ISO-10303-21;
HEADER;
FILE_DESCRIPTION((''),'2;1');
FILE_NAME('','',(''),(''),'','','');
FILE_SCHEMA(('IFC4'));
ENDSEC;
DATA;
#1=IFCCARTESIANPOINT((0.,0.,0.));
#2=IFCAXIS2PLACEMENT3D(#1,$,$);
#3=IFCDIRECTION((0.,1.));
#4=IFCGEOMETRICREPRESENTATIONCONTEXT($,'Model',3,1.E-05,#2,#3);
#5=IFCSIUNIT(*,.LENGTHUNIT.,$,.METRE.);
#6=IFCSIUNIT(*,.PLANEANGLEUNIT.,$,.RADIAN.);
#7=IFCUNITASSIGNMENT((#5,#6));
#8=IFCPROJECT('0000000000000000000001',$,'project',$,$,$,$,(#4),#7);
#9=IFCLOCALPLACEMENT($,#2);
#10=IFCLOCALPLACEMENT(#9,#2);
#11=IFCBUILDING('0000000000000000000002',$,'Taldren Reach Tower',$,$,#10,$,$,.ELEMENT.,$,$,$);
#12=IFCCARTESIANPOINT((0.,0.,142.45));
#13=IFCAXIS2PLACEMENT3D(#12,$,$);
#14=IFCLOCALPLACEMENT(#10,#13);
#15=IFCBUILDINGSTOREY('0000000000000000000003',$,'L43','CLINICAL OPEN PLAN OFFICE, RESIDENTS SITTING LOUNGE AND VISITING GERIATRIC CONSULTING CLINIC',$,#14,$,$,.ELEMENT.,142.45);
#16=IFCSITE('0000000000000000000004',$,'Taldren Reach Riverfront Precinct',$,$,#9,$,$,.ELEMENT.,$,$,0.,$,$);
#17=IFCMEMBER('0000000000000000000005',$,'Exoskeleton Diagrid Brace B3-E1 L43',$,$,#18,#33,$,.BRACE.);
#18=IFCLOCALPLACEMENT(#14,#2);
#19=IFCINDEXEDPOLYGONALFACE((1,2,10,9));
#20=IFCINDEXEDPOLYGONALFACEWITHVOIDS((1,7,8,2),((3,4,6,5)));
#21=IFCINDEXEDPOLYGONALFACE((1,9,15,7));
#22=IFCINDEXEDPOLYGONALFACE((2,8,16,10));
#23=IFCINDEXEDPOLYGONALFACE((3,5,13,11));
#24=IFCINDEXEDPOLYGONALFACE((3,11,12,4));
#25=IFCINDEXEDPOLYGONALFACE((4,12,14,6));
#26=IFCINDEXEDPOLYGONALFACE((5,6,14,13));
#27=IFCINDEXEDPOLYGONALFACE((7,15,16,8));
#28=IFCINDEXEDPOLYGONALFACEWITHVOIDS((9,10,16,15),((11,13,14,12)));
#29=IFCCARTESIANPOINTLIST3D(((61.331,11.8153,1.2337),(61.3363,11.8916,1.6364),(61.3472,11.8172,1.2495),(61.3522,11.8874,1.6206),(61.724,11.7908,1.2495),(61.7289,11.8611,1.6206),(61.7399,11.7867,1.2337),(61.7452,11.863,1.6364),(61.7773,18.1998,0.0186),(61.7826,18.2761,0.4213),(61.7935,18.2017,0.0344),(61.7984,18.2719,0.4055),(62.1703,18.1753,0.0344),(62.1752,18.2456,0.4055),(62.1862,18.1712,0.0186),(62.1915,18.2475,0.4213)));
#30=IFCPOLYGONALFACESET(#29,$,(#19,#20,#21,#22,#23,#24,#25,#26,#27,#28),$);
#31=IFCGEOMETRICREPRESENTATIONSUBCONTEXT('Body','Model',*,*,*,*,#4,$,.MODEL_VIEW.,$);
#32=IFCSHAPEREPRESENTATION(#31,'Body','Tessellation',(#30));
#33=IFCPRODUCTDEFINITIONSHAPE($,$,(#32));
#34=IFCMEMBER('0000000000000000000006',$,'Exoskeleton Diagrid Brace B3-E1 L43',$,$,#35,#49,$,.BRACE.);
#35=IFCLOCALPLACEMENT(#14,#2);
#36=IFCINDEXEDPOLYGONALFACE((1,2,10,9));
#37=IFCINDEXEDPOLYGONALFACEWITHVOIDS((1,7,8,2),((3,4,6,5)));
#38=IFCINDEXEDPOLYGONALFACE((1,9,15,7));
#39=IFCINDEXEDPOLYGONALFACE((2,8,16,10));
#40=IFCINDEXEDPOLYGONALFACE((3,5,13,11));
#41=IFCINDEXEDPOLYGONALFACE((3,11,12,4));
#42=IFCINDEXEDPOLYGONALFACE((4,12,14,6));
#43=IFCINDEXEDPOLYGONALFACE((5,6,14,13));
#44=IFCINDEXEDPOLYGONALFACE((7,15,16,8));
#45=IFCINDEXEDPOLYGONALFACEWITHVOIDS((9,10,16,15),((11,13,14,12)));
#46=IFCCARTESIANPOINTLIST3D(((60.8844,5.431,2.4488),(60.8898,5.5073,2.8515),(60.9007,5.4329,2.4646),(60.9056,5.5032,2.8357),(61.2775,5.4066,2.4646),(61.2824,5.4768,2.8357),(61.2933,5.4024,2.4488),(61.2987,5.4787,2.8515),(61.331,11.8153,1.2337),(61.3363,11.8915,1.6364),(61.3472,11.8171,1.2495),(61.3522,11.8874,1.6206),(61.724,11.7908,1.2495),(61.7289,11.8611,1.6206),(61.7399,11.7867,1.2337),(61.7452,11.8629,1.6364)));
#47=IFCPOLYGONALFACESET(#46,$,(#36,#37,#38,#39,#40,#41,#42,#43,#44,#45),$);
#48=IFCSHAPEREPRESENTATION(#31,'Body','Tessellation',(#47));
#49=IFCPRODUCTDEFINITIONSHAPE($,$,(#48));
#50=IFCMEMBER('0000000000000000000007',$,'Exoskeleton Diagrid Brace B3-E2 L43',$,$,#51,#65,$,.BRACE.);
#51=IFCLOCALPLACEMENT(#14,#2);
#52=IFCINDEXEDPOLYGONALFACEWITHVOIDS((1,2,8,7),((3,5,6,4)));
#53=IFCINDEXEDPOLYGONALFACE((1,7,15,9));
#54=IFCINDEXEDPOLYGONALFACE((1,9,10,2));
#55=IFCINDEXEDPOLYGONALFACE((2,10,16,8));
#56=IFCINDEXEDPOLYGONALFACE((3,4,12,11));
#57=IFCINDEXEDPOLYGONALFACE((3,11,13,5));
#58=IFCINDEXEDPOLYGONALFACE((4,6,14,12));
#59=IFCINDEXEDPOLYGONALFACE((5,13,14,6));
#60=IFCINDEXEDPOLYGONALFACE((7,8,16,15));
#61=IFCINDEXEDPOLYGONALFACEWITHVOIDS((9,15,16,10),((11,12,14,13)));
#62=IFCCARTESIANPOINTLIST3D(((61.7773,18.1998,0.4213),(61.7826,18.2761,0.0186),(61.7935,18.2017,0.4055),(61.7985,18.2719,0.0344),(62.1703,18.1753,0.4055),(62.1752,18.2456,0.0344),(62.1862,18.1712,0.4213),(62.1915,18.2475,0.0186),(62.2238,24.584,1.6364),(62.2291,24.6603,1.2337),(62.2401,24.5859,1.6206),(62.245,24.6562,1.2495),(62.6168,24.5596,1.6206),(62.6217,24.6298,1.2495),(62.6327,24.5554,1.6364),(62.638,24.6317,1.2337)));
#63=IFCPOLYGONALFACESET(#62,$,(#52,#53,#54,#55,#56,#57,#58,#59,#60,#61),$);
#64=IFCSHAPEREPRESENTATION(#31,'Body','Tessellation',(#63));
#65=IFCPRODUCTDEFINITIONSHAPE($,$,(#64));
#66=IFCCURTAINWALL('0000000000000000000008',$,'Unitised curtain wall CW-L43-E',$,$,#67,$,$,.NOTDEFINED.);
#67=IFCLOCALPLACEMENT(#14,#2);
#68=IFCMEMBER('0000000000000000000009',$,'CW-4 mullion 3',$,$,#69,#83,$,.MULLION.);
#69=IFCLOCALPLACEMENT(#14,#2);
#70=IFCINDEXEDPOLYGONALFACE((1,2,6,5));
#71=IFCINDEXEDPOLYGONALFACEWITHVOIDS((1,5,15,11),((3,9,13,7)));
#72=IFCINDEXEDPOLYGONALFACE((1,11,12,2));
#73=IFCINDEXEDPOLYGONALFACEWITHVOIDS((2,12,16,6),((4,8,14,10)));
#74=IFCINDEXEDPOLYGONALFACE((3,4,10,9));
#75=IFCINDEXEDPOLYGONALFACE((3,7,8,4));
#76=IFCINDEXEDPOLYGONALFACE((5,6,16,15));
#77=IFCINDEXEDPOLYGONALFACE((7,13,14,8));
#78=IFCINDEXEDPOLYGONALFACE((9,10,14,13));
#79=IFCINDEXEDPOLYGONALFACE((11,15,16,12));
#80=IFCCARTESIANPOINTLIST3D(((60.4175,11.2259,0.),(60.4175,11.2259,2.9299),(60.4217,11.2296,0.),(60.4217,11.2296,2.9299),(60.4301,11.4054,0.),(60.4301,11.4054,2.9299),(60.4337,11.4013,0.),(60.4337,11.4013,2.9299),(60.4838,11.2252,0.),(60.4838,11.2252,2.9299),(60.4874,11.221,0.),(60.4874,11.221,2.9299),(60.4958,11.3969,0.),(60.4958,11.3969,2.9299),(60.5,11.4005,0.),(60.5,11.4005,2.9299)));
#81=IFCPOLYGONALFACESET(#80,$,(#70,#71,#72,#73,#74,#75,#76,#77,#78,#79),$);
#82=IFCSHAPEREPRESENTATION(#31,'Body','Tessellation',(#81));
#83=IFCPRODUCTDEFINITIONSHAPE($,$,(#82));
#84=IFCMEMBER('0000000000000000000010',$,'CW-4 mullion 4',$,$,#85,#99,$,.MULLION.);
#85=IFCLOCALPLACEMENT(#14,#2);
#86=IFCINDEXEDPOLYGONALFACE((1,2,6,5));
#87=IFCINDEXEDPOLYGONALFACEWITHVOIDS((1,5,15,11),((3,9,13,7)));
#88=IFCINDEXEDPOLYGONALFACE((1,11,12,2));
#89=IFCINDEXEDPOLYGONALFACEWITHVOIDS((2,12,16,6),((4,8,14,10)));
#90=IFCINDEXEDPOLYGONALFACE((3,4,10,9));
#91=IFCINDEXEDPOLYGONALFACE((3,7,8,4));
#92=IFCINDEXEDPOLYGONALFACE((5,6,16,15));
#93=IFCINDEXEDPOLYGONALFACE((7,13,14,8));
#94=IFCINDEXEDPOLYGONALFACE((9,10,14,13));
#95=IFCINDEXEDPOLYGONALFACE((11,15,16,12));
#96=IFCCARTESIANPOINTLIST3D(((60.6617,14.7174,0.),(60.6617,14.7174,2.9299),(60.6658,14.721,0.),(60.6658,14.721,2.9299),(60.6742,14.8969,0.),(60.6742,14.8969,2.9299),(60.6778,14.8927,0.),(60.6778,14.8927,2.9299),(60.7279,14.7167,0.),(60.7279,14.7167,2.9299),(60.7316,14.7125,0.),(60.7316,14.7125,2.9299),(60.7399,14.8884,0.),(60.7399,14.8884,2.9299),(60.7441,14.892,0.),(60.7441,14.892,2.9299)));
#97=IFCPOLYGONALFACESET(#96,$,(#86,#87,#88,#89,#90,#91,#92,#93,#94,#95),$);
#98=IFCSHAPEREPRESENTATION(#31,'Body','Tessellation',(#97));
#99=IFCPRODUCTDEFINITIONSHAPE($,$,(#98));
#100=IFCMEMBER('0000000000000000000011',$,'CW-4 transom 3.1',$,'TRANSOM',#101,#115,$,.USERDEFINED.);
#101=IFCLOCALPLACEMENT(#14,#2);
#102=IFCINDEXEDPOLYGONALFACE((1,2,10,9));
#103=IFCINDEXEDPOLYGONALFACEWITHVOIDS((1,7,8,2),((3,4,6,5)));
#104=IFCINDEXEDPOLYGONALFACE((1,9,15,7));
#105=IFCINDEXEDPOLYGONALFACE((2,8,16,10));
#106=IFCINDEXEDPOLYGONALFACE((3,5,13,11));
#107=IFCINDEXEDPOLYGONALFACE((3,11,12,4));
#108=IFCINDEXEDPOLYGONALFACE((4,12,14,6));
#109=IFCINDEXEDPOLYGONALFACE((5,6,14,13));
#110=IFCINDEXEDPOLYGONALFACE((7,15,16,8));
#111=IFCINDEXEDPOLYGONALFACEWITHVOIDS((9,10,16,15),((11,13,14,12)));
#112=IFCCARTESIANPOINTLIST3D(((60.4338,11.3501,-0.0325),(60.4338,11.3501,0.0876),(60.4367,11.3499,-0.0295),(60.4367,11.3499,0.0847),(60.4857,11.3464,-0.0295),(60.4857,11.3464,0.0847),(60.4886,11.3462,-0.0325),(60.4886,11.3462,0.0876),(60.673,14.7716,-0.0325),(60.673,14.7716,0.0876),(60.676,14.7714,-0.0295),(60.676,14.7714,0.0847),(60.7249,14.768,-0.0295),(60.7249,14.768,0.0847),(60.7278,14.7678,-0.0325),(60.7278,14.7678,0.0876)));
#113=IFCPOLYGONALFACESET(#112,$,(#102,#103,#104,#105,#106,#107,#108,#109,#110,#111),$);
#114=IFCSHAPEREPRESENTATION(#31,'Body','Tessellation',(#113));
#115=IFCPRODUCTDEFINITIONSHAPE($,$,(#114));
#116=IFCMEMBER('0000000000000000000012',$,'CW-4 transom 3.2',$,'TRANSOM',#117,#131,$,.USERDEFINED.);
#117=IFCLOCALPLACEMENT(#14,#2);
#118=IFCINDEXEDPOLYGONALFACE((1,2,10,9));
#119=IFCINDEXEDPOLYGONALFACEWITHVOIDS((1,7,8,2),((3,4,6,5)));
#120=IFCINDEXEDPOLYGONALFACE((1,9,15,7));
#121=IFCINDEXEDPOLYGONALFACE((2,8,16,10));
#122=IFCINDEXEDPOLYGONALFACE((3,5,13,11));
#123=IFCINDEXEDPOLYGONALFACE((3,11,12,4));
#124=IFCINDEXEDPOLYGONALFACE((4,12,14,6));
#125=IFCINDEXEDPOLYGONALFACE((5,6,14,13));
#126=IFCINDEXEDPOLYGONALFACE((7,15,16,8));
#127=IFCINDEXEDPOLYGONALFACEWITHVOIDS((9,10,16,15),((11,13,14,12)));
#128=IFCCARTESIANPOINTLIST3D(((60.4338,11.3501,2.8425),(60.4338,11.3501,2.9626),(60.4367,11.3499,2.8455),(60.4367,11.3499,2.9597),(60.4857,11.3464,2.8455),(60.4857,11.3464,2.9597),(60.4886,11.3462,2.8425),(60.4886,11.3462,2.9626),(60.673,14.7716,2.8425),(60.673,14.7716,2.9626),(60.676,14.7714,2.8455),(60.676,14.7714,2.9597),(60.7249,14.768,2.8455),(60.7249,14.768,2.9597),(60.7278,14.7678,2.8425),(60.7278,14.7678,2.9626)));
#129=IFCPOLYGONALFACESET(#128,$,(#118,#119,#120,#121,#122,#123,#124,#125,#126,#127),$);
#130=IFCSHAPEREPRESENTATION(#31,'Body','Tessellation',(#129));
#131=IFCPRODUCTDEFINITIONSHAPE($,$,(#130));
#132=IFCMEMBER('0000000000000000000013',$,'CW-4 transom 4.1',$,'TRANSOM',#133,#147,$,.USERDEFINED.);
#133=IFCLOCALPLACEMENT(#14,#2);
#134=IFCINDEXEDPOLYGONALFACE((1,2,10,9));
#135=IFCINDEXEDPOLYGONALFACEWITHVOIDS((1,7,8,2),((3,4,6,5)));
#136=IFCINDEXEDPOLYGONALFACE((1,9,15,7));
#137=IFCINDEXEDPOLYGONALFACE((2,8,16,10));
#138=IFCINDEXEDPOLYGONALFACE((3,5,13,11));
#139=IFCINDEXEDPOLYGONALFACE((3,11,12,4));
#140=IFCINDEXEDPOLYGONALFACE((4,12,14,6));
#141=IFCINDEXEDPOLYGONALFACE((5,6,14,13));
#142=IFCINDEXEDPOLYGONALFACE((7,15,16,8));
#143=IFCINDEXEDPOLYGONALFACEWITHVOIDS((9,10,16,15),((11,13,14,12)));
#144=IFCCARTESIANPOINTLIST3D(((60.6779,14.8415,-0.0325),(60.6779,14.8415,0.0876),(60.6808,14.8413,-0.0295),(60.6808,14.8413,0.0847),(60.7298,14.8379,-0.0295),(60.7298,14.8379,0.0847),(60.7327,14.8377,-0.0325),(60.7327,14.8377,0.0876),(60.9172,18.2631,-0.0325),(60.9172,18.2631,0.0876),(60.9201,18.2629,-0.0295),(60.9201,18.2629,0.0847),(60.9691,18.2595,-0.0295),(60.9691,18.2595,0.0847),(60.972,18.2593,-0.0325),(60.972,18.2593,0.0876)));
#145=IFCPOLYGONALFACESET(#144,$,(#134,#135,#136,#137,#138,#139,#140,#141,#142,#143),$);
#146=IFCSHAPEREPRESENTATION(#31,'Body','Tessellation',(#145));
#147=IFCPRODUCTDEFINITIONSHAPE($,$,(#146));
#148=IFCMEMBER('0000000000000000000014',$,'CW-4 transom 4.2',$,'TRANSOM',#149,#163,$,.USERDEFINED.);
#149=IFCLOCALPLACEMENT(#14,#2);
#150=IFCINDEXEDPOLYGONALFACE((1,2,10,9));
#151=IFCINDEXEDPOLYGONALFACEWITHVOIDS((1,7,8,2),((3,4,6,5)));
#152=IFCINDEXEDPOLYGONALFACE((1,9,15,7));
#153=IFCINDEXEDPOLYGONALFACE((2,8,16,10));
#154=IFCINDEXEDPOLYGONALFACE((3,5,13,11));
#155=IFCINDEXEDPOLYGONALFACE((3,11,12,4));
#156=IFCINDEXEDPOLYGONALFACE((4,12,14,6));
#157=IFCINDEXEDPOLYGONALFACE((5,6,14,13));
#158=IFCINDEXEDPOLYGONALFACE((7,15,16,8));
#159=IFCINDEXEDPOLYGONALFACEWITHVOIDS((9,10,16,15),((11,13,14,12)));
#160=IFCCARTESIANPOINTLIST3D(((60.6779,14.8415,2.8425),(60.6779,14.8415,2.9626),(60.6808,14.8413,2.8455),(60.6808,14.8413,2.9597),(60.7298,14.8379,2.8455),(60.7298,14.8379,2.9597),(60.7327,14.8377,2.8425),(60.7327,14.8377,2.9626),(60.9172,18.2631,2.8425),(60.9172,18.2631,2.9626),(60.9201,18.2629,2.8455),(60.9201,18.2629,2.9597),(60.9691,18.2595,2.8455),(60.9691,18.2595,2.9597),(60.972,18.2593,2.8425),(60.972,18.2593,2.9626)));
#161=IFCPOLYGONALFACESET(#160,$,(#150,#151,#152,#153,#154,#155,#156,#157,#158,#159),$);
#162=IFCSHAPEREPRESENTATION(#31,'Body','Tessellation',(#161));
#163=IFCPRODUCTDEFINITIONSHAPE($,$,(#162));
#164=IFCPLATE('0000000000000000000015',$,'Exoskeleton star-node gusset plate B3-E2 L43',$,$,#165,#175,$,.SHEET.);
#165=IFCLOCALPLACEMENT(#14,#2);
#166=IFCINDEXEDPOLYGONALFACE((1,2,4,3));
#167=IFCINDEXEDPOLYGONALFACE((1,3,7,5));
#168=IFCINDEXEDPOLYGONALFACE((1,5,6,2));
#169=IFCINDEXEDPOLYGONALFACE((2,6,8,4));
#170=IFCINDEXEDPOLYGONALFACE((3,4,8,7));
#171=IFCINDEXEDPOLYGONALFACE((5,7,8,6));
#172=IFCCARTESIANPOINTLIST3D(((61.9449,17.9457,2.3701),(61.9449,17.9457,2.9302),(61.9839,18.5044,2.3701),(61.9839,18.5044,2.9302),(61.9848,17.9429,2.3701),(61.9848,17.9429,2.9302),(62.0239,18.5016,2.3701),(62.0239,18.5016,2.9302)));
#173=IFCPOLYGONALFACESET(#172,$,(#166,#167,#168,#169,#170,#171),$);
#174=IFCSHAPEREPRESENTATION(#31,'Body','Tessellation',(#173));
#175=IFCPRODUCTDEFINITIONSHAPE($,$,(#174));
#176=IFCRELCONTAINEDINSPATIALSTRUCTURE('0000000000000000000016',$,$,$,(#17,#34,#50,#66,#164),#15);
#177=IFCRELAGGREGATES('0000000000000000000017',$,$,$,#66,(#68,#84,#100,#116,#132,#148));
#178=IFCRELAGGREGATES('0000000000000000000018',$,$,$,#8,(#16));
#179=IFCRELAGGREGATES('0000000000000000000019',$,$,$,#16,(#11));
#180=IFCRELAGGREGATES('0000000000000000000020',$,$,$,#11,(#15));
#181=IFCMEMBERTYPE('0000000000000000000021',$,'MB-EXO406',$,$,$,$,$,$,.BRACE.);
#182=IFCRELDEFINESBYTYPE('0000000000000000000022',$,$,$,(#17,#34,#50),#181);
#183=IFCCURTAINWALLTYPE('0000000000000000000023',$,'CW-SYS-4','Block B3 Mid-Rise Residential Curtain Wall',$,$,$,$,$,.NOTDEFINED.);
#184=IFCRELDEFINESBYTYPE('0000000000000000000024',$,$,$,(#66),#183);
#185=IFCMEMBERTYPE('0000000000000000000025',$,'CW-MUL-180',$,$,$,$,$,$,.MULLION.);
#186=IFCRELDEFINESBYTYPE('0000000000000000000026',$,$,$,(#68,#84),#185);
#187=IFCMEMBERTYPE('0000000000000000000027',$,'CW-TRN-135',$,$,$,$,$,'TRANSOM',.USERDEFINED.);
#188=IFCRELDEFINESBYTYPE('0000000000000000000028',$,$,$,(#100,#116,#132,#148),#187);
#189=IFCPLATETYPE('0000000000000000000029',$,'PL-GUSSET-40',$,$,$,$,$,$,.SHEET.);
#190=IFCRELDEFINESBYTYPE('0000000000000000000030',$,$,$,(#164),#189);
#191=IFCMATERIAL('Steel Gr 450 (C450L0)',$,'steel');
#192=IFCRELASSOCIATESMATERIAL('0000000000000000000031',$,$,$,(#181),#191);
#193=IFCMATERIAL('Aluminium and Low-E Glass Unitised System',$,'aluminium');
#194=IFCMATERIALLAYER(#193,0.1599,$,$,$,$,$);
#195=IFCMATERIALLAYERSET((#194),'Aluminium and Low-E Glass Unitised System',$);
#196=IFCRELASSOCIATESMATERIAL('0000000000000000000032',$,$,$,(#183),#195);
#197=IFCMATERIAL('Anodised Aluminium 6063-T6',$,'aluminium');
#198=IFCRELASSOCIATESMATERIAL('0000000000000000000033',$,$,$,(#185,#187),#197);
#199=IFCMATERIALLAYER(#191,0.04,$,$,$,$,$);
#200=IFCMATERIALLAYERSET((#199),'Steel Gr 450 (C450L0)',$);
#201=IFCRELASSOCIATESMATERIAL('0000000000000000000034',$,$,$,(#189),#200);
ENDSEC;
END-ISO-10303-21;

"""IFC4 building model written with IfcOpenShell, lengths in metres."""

from ifc_helpers import new_model, si_unit, direction, frame, origin, origin_2d, place, context, subcontext, project, spatial, rectangle, hollow_rectangle, extrude, source, transform, mapped, material, layer, layer_set, material_profile, profile_set, type_object, element, aggregate, save


model = new_model("IFC4")

# Units and contexts
model_context = context("Model", 3, precision=1e-05, world=origin(), true_north=direction((0.0, 1.0)))
body_context = subcontext(model_context, "Body", "Model", "MODEL_VIEW")
ifc_project = project(units=[si_unit("LENGTHUNIT", "METRE"), si_unit("PLANEANGLEUNIT", "RADIAN")], contexts=[model_context])

# Site, building, storey
site_placement = place(None, origin())
site = spatial("IfcSite", under=ifc_project, at=site_placement, Name="Taldren Reach Riverfront Precinct", CompositionType="ELEMENT", RefElevation=0.0)
building_placement = place(site_placement, origin())
building = spatial("IfcBuilding", under=site, at=building_placement, Name="Taldren Reach Tower", CompositionType="ELEMENT")
storey_placement = place(building_placement, frame((0.0, 0.0, 142.45)))
storey = spatial("IfcBuildingStorey", under=building, at=storey_placement, Name="L43", Description="CLINICAL OPEN PLAN OFFICE, RESIDENTS SITTING LOUNGE AND VISITING GERIATRIC CONSULTING CLINIC", CompositionType="ELEMENT", Elevation=142.45)

# Members
ifc_material_1 = material(Name="Steel Gr 450 (C450L0)", Category="steel")
ifc_material_profile_1 = material_profile(ifc_material_1, hollow_rectangle(XDim=0.4099, YDim=0.4099, WallThickness=0.0161, at=origin_2d()), Name="410x410x16.0SHS")
ifc_profile_set_1 = profile_set([ifc_material_profile_1], Name="Steel Gr 450 (C450L0)")
member_type_1 = type_object("IfcMemberType", Name="MB-EXO406", PredefinedType="BRACE", material=ifc_profile_set_1)
shared_shape_1 = source(origin(), body_context, "Body", "SweptSolid", [
    extrude(hollow_rectangle(XDim=0.4099, YDim=0.4099, WallThickness=0.0161, at=origin_2d()), origin(), (0.0, 0.0, 1.0), 6.5144),
])
member_1_placement = place(storey_placement, frame((61.9844, 18.2236, 0.22), z_axis=(-0.068508, -0.980059, 0.186523), x_axis=(0.997566, -0.069732, 0.0)))
element("IfcMember", 1, at=member_1_placement, inside=storey, type_object=member_type_1, Name="Exoskeleton Diagrid Brace B3-E1 L43", PredefinedType="BRACE", context=body_context, shape_type="MappedRepresentation", body=[
    mapped(shared_shape_1, transform((0.0, 0.0, 0.0), scale=1.0)),
])
shared_shape_2 = source(origin(), body_context, "Body", "SweptSolid", [
    extrude(hollow_rectangle(XDim=0.4099, YDim=0.4099, WallThickness=0.0161, at=origin_2d()), origin(), (0.0, 0.0, 1.0), 6.5142),
])
for number, where, z_axis, x_axis, name in (
    (2, (61.5381, 11.8391, 1.4351), (-0.068548, -0.980055, 0.186529), (0.997563, -0.069772, 0.0), "Exoskeleton Diagrid Brace B3-E1 L43"),
    (3, (61.9844, 18.2236, 0.22), (0.068548, 0.980055, 0.186529), (-0.997563, 0.069772, 0.0), "Exoskeleton Diagrid Brace B3-E2 L43"),
):
    element("IfcMember", number, at=place(storey_placement, frame(where, z_axis=z_axis, x_axis=x_axis)), inside=storey, type_object=member_type_1, Name=name, PredefinedType="BRACE", context=body_context, shape_type="MappedRepresentation", body=[
        mapped(shared_shape_2, transform((0.0, 0.0, 0.0), scale=1.0)),
    ])

# Curtain wall, members
ifc_material_2 = material(Name="Aluminium and Low-E Glass Unitised System", Category="aluminium")
ifc_layer_1 = layer(ifc_material_2, 0.1599)
ifc_layer_set_1 = layer_set([ifc_layer_1], Name="Aluminium and Low-E Glass Unitised System")
curtain_wall_type = type_object("IfcCurtainWallType", Name="CW-SYS-4", Description="Block B3 Mid-Rise Residential Curtain Wall", PredefinedType="NOTDEFINED", material=ifc_layer_set_1)
curtain_wall_placement = place(storey_placement, origin())
curtain_wall = element("IfcCurtainWall", 4, at=curtain_wall_placement, inside=storey, type_object=curtain_wall_type, Name="Unitised curtain wall CW-L43-E", PredefinedType="NOTDEFINED")
ifc_material_3 = material(Name="Anodised Aluminium 6063-T6", Category="aluminium")
ifc_material_profile_2 = material_profile(ifc_material_3, hollow_rectangle(XDim=0.0701, YDim=0.1799, WallThickness=0.0039, at=origin_2d()), Name="ALU-180x70x4RHS")
ifc_profile_set_2 = profile_set([ifc_material_profile_2], Name="Anodised Aluminium 6063-T6")
member_type_2 = type_object("IfcMemberType", Name="CW-MUL-180", PredefinedType="MULLION", material=ifc_profile_set_2)
shared_shape_3 = source(origin(), body_context, "Body", "SweptSolid", [
    extrude(hollow_rectangle(XDim=0.0701, YDim=0.1799, WallThickness=0.0039, at=origin_2d()), origin(), (0.0, 0.0, 1.0), 2.9299),
])
member_2_placement = place(storey_placement, frame((60.4587, 11.3132, 0.0), z_axis=(0.0, 0.0, 1.0), x_axis=(-0.997564, 0.069756, 0.0)))
member_2 = element("IfcMember", 5, at=member_2_placement, type_object=member_type_2, Name="CW-4 mullion 3", PredefinedType="MULLION", context=body_context, shape_type="MappedRepresentation", body=[
    mapped(shared_shape_3, transform((0.0, 0.0, 0.0), scale=1.0)),
])
member_3_placement = place(storey_placement, frame((60.7029, 14.8047, 0.0), z_axis=(0.0, 0.0, 1.0), x_axis=(-0.997564, 0.069756, 0.0)))
member_3 = element("IfcMember", 6, at=member_3_placement, type_object=member_type_2, Name="CW-4 mullion 4", PredefinedType="MULLION", context=body_context, shape_type="MappedRepresentation", body=[
    mapped(shared_shape_3, transform((0.0, 0.0, 0.0), scale=1.0)),
])
ifc_material_profile_3 = material_profile(ifc_material_3, hollow_rectangle(XDim=0.0549, YDim=0.1201, WallThickness=0.0029, at=origin_2d()), Name="ALU-120x55x3RHS")
ifc_profile_set_3 = profile_set([ifc_material_profile_3], Name="Anodised Aluminium 6063-T6")
member_type_3 = type_object("IfcMemberType", Name="CW-TRN-135", ElementType="TRANSOM", PredefinedType="USERDEFINED", material=ifc_profile_set_3)
shared_shape_4 = source(origin(), body_context, "Body", "SweptSolid", [
    extrude(hollow_rectangle(XDim=0.0549, YDim=0.1201, WallThickness=0.0029, at=origin_2d()), origin(), (0.0, 0.0, 1.0), 3.4299),
])
member_4_placement = place(storey_placement, frame((60.4612, 11.3481, 0.0276), z_axis=(0.069755, 0.997564, 0.0), x_axis=(-0.997564, 0.069755, 0.0)))
member_4 = element("IfcMember", 7, at=member_4_placement, type_object=member_type_3, Name="CW-4 transom 3.1", ObjectType="TRANSOM", PredefinedType="USERDEFINED", context=body_context, shape_type="MappedRepresentation", body=[
    mapped(shared_shape_4, transform((0.0, 0.0, 0.0), scale=1.0)),
])
member_5_placement = place(storey_placement, frame((60.4612, 11.3481, 2.9026), z_axis=(0.069755, 0.997564, 0.0), x_axis=(-0.997564, 0.069755, 0.0)))
member_5 = element("IfcMember", 8, at=member_5_placement, type_object=member_type_3, Name="CW-4 transom 3.2", ObjectType="TRANSOM", PredefinedType="USERDEFINED", context=body_context, shape_type="MappedRepresentation", body=[
    mapped(shared_shape_4, transform((0.0, 0.0, 0.0), scale=1.0)),
])
member_6_placement = place(storey_placement, frame((60.7053, 14.8396, 0.0276), z_axis=(0.069755, 0.997564, 0.0), x_axis=(-0.997564, 0.069755, 0.0)))
member_6 = element("IfcMember", 9, at=member_6_placement, type_object=member_type_3, Name="CW-4 transom 4.1", ObjectType="TRANSOM", PredefinedType="USERDEFINED", context=body_context, shape_type="MappedRepresentation", body=[
    mapped(shared_shape_4, transform((0.0, 0.0, 0.0), scale=1.0)),
])
member_7_placement = place(storey_placement, frame((60.7053, 14.8396, 2.9026), z_axis=(0.069755, 0.997564, 0.0), x_axis=(-0.997564, 0.069755, 0.0)))
member_7 = element("IfcMember", 10, at=member_7_placement, type_object=member_type_3, Name="CW-4 transom 4.2", ObjectType="TRANSOM", PredefinedType="USERDEFINED", context=body_context, shape_type="MappedRepresentation", body=[
    mapped(shared_shape_4, transform((0.0, 0.0, 0.0), scale=1.0)),
])

# Plate
ifc_layer_2 = layer(ifc_material_1, 0.04)
ifc_layer_set_2 = layer_set([ifc_layer_2], Name="Steel Gr 450 (C450L0)")
plate_type_1 = type_object("IfcPlateType", Name="PL-GUSSET-40", PredefinedType="SHEET", material=ifc_layer_set_2)
shared_shape_5 = source(origin(), body_context, "Body", "SweptSolid", [
    extrude(rectangle(XDim=0.5601, YDim=0.04, at=origin_2d()), origin(), (0.0, 0.0, 1.0), 0.5601),
])
plate_1_placement = place(storey_placement, frame((61.9844, 18.2236, 2.3701), z_axis=(0.0, 0.0, 1.0), x_axis=(0.069756, 0.997564, 0.0)))
element("IfcPlate", 11, at=plate_1_placement, inside=storey, type_object=plate_type_1, Name="Exoskeleton star-node gusset plate B3-E2 L43", PredefinedType="SHEET", context=body_context, shape_type="MappedRepresentation", body=[
    mapped(shared_shape_5, transform((0.0, 0.0, 0.0), scale=1.0)),
])
aggregate(curtain_wall, [member_2, member_3, member_4, member_5, member_6, member_7])

save(model, "model.ifc")
